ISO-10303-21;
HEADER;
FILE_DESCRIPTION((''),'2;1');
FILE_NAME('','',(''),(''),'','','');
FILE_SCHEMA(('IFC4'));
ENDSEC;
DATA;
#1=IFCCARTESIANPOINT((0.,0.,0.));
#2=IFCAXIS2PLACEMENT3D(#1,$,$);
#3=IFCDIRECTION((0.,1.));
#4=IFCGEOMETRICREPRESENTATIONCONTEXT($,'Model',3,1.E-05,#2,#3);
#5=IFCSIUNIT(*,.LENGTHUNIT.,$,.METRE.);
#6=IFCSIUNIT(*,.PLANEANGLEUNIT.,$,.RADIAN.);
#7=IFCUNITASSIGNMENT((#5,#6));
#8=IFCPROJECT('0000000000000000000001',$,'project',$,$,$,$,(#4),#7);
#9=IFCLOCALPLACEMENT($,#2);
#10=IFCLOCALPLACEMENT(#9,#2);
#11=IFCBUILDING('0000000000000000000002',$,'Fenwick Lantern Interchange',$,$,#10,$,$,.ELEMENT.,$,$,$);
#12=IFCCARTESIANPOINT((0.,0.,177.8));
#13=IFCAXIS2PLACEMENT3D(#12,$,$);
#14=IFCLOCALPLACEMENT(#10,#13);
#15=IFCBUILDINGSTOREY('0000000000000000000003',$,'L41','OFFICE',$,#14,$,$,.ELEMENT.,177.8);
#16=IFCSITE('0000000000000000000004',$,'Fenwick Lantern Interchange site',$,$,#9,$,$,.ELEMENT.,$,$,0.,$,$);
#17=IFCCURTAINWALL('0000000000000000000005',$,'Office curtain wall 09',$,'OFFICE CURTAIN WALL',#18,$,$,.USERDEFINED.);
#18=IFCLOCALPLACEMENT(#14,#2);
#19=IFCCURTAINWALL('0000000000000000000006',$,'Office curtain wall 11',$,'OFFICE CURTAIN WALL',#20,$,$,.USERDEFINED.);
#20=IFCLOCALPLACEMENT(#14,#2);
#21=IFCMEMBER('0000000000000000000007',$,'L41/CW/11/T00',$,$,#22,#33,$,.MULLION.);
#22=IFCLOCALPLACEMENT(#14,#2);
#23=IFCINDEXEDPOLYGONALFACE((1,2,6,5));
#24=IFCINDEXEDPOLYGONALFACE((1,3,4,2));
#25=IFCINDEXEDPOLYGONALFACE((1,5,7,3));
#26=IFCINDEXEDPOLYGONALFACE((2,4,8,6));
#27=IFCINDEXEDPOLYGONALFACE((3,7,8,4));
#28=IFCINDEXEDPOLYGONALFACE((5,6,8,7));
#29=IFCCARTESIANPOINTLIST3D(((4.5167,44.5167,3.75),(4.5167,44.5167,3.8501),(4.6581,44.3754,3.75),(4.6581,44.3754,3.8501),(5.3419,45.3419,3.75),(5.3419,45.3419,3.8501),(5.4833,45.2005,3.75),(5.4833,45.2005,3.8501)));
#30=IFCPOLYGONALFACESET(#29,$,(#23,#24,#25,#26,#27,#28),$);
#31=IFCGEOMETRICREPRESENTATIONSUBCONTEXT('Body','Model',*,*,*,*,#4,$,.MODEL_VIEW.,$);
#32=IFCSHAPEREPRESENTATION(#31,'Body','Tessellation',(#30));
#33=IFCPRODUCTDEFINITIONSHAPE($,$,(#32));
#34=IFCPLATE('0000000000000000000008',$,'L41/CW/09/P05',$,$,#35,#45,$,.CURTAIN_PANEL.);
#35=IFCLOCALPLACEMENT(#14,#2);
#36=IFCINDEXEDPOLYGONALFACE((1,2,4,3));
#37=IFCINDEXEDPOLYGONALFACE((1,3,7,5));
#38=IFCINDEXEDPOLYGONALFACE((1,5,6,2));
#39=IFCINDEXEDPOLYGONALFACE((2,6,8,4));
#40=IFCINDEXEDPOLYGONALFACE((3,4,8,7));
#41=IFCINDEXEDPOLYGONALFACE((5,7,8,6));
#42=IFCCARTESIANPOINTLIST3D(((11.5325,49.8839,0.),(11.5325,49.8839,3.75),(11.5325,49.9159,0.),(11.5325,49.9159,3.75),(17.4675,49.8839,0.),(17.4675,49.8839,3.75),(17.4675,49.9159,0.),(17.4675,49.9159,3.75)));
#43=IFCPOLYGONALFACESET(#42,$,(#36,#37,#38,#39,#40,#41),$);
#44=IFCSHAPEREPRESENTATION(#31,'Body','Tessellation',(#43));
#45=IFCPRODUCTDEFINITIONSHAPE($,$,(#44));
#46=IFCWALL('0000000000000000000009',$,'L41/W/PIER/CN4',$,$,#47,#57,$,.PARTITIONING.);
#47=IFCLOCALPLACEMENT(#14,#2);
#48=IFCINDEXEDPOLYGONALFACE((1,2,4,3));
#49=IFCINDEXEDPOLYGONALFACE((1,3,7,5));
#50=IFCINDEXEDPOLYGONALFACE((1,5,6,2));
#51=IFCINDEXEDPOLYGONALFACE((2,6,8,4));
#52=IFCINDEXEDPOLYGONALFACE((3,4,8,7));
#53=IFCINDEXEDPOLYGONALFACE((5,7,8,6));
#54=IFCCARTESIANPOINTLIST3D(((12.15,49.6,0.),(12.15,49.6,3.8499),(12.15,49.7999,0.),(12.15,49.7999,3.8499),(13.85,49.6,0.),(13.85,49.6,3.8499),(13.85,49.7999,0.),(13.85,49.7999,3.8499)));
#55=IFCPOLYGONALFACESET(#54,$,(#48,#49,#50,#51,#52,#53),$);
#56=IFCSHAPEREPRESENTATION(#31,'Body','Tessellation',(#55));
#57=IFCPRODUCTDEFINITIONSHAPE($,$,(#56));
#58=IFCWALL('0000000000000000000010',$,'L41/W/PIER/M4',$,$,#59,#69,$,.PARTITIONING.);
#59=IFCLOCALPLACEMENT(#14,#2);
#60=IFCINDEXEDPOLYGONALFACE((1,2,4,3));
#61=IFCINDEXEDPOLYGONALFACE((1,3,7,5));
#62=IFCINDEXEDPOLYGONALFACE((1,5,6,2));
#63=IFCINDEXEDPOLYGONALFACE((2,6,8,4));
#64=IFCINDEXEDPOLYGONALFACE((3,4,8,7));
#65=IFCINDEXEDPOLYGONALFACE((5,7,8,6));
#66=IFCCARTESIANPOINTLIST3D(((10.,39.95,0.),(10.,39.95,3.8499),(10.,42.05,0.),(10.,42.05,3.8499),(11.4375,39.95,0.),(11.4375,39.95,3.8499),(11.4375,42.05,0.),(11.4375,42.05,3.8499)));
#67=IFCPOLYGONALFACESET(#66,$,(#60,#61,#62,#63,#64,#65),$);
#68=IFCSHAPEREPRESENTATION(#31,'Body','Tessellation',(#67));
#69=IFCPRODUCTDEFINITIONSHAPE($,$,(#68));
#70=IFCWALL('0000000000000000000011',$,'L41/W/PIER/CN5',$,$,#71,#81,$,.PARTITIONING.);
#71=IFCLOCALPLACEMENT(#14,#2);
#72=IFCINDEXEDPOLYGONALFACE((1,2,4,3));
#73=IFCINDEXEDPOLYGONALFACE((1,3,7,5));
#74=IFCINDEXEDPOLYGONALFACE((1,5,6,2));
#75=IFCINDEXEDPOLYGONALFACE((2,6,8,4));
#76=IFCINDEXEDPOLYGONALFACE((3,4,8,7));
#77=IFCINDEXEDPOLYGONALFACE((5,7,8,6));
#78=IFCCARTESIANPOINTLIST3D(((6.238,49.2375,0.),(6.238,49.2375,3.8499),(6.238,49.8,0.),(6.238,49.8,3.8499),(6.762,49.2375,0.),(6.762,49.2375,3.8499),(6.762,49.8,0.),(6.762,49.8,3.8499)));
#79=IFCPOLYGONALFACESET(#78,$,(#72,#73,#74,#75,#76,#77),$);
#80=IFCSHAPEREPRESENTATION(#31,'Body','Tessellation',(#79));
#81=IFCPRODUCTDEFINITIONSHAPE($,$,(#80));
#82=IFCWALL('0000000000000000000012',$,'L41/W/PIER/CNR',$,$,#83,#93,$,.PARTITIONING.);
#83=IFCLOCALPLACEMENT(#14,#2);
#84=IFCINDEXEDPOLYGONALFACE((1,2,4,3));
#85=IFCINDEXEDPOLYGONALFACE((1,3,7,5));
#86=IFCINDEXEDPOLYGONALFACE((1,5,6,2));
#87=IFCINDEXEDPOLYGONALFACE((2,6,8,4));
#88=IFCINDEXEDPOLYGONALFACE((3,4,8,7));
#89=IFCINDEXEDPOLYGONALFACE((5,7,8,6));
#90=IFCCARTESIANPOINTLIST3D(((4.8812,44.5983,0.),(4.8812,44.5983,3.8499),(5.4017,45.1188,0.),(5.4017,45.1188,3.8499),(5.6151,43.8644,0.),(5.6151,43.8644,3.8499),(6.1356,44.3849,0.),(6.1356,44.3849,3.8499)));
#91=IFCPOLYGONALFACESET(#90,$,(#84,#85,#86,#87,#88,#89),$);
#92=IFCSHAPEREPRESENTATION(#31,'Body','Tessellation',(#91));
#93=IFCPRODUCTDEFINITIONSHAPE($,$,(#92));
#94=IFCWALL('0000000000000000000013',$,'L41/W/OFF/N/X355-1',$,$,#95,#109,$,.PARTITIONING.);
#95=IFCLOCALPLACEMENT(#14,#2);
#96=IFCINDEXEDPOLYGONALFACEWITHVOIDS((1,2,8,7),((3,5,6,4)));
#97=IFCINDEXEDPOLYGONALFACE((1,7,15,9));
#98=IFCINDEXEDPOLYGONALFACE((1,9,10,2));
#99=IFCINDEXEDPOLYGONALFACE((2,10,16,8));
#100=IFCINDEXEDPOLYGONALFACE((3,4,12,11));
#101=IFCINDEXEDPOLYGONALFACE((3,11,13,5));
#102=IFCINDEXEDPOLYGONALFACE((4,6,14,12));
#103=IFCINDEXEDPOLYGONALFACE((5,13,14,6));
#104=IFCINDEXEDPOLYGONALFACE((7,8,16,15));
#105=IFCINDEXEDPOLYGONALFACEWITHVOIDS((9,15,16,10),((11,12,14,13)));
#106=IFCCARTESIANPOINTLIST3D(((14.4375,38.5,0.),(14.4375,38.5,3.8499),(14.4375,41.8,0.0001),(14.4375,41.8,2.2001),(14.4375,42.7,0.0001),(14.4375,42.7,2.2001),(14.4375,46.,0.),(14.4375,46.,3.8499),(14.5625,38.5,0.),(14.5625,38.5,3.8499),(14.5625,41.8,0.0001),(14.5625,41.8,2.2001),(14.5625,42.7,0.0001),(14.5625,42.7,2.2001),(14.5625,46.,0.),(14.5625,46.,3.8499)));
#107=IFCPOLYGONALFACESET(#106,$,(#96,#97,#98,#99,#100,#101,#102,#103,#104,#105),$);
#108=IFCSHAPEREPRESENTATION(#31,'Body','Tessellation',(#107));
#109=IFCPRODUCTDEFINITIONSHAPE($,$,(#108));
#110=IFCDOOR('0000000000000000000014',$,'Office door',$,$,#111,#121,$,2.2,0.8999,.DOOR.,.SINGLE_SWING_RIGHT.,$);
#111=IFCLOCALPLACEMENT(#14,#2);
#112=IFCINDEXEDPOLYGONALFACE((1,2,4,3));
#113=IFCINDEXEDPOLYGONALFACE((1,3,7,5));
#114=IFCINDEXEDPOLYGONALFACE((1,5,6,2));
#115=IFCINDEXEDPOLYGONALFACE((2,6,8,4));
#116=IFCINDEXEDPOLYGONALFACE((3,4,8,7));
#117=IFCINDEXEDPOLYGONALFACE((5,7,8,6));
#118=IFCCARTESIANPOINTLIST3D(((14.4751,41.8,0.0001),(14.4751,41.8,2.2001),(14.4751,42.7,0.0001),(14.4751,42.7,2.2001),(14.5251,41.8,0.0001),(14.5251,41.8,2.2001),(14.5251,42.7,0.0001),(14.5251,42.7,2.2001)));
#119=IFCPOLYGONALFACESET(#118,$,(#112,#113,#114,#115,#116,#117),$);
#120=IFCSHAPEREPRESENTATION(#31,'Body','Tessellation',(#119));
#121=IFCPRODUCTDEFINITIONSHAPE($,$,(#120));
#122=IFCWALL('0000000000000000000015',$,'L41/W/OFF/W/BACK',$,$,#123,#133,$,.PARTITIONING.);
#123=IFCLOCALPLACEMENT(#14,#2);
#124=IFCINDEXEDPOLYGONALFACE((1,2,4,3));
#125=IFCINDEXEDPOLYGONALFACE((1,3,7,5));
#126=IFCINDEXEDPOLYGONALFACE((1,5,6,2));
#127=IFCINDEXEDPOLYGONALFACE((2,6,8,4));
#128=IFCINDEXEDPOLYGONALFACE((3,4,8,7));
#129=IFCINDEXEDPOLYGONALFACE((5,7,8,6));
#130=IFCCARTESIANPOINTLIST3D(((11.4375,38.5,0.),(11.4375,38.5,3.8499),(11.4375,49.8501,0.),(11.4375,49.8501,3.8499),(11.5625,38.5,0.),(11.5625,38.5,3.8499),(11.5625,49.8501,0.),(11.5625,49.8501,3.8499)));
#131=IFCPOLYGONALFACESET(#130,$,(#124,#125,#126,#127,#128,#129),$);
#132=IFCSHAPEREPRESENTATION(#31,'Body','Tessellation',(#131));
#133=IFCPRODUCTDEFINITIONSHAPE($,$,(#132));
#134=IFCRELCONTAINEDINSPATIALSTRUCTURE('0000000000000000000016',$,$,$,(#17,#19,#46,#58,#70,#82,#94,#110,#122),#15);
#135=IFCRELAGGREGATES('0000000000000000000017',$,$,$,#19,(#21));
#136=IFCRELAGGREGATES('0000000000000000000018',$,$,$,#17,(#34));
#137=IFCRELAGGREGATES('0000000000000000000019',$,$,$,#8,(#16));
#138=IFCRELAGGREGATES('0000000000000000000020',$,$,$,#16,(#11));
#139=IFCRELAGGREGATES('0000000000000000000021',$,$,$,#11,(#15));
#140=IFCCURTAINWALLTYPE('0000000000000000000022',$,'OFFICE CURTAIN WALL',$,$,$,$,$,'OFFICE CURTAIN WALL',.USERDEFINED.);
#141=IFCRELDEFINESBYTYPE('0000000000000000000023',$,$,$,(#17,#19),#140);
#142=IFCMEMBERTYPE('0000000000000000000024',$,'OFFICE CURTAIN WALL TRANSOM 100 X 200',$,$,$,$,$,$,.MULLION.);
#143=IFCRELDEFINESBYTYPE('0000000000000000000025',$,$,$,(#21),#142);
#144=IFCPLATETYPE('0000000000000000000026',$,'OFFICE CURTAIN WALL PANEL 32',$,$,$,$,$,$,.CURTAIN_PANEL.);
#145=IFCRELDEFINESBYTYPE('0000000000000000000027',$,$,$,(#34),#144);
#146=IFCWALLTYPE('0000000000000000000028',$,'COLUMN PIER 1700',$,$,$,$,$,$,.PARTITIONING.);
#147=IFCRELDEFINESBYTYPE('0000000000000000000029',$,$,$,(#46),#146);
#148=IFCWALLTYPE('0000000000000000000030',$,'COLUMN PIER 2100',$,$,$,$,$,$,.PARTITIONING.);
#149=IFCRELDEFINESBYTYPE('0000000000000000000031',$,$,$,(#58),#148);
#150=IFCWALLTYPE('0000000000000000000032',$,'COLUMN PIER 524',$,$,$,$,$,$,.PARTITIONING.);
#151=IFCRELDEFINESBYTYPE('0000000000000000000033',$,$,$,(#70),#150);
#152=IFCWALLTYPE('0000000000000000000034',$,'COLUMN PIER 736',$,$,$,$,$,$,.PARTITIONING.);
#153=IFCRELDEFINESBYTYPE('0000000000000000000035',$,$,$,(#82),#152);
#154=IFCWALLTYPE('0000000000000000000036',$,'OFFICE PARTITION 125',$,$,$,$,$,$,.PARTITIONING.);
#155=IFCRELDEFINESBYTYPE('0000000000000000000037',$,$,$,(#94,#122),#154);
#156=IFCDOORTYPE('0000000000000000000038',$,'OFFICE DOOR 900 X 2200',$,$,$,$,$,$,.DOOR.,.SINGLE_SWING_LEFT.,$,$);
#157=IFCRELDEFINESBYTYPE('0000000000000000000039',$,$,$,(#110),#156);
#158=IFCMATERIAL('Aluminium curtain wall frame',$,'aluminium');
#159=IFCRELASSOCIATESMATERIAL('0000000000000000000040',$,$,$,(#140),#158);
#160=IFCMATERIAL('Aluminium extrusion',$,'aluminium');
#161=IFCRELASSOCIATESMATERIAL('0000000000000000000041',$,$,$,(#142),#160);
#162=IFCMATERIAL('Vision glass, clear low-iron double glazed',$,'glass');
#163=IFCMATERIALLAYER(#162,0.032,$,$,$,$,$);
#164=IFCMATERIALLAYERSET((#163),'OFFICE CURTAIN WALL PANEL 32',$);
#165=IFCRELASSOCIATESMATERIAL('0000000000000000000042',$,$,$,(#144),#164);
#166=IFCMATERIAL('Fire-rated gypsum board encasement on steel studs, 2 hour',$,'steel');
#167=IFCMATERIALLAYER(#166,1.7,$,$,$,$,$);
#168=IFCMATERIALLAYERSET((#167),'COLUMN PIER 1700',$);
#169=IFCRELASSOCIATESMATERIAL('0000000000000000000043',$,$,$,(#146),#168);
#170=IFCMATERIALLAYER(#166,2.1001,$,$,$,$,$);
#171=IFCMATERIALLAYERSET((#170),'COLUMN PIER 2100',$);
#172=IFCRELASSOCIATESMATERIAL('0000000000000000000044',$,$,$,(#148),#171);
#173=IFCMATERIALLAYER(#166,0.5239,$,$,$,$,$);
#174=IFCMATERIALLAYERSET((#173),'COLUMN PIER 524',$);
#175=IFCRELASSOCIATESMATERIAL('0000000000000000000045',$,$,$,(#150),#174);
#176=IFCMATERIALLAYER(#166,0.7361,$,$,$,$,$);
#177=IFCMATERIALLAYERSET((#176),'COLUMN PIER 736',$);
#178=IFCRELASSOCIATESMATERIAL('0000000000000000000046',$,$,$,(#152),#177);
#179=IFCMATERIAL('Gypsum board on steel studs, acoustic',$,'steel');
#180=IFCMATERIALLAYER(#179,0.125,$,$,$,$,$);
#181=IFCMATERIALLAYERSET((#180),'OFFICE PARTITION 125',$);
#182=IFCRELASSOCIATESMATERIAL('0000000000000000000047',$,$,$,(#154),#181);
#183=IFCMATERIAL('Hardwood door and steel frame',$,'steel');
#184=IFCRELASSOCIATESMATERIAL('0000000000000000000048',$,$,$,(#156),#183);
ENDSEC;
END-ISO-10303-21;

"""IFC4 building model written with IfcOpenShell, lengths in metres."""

from ifc_helpers import new_model, si_unit, direction, frame, frame_2d, origin, origin_2d, place, context, subcontext, project, spatial, rectangle, extrude, material, layer, layer_set, material_profile, profile_set, type_object, element, fill, aggregate, save


model = new_model("IFC4")

# Units and contexts
model_context = context("Model", 3, precision=1e-05, world=origin(), true_north=direction((0.0, 1.0)))
body_context = subcontext(model_context, "Body", "Model", "MODEL_VIEW")
ifc_project = project(units=[si_unit("LENGTHUNIT", "METRE"), si_unit("PLANEANGLEUNIT", "RADIAN")], contexts=[model_context])

# Site, building, storey
site_placement = place(None, origin())
site = spatial("IfcSite", under=ifc_project, at=site_placement, Name="Fenwick Lantern Interchange site", CompositionType="ELEMENT", RefElevation=0.0)
building_placement = place(site_placement, origin())
building = spatial("IfcBuilding", under=site, at=building_placement, Name="Fenwick Lantern Interchange", CompositionType="ELEMENT")
storey_placement = place(building_placement, frame((0.0, 0.0, 177.8)))
storey = spatial("IfcBuildingStorey", under=building, at=storey_placement, Name="L41", Description="OFFICE", CompositionType="ELEMENT", Elevation=177.8)

# Curtain wall
ifc_material_1 = material(Name="Aluminium curtain wall frame", Category="aluminium")
curtain_wall_type = type_object("IfcCurtainWallType", Name="OFFICE CURTAIN WALL", ElementType="OFFICE CURTAIN WALL", PredefinedType="USERDEFINED", material=ifc_material_1)
curtain_wall_1_placement = place(storey_placement, origin())
curtain_wall_1 = element("IfcCurtainWall", 1, at=curtain_wall_1_placement, inside=storey, type_object=curtain_wall_type, Name="Office curtain wall 09", ObjectType="OFFICE CURTAIN WALL", PredefinedType="USERDEFINED")
ifc_material_2 = material(Name="Aluminium extrusion", Category="aluminium")

# Curtain wall
curtain_wall_2_placement = place(storey_placement, origin())
curtain_wall_2 = element("IfcCurtainWall", 2, at=curtain_wall_2_placement, inside=storey, type_object=curtain_wall_type, Name="Office curtain wall 11", ObjectType="OFFICE CURTAIN WALL", PredefinedType="USERDEFINED")

# Member
ifc_material_profile_1 = material_profile(ifc_material_2, rectangle(XDim=0.2, YDim=0.1001, at=origin_2d()), Name="OFFICE CURTAIN WALL TRANSOM 100 X 200")
ifc_profile_set_1 = profile_set([ifc_material_profile_1], Name="Aluminium extrusion")
member_type_1 = type_object("IfcMemberType", Name="OFFICE CURTAIN WALL TRANSOM 100 X 200", PredefinedType="MULLION", material=ifc_profile_set_1)
member_1_placement = place(storey_placement, frame((5.4126, 45.2712, 3.8), z_axis=(-0.707107, -0.707107, 0.0), x_axis=(0.707107, -0.707107, 0.0)))
member_1 = element("IfcMember", 3, at=member_1_placement, type_object=member_type_1, Name="L41/CW/11/T00", PredefinedType="MULLION", context=body_context, shape_type="SweptSolid", body=[
    extrude(rectangle(XDim=0.2, YDim=0.1001, at=origin_2d()), origin(), (0.0, 0.0, 1.0), 1.167),
])
aggregate(curtain_wall_2, [member_1])

# Plate
ifc_material_3 = material(Name="Vision glass, clear low-iron double glazed", Category="glass")
ifc_layer_1 = layer(ifc_material_3, 0.032)
ifc_layer_set_1 = layer_set([ifc_layer_1], Name="OFFICE CURTAIN WALL PANEL 32")
plate_type = type_object("IfcPlateType", Name="OFFICE CURTAIN WALL PANEL 32", PredefinedType="CURTAIN_PANEL", material=ifc_layer_set_1)
plate_1_placement = place(storey_placement, frame((14.5, 49.8999, 0.0), z_axis=(0.0, 0.0, 1.0), x_axis=(-1.0, 0.0, 0.0)))
plate_1 = element("IfcPlate", 4, at=plate_1_placement, type_object=plate_type, Name="L41/CW/09/P05", PredefinedType="CURTAIN_PANEL", context=body_context, shape_type="SweptSolid", body=[
    extrude(rectangle(XDim=5.9351, YDim=0.032, at=origin_2d()), origin(), (0.0, 0.0, 1.0), 3.75),
])
aggregate(curtain_wall_1, [plate_1])

# Walls
ifc_material_4 = material(Name="Fire-rated gypsum board encasement on steel studs, 2 hour", Category="steel")
ifc_layer_2 = layer(ifc_material_4, 1.7)
ifc_layer_set_2 = layer_set([ifc_layer_2], Name="COLUMN PIER 1700")
wall_type_1 = type_object("IfcWallType", Name="COLUMN PIER 1700", PredefinedType="PARTITIONING", material=ifc_layer_set_2)
wall_1_placement = place(storey_placement, frame((13.0, 49.8, 0.0), z_axis=(0.0, 0.0, 1.0), x_axis=(0.0, -1.0, 0.0)))
element("IfcWall", 5, at=wall_1_placement, inside=storey, type_object=wall_type_1, Name="L41/W/PIER/CN4", PredefinedType="PARTITIONING", context=body_context, shape_type="SweptSolid", body=[
    extrude(rectangle(XDim=0.2, YDim=1.7, at=frame_2d((0.1001, 0.0))), origin(), (0.0, 0.0, 1.0), 3.8499),
])
ifc_layer_3 = layer(ifc_material_4, 2.1001)
ifc_layer_set_3 = layer_set([ifc_layer_3], Name="COLUMN PIER 2100")
wall_type_2 = type_object("IfcWallType", Name="COLUMN PIER 2100", PredefinedType="PARTITIONING", material=ifc_layer_set_3)
wall_2_placement = place(storey_placement, frame((11.4375, 41.0, 0.0), z_axis=(0.0, 0.0, 1.0), x_axis=(-1.0, 0.0, 0.0)))
element("IfcWall", 6, at=wall_2_placement, inside=storey, type_object=wall_type_2, Name="L41/W/PIER/M4", PredefinedType="PARTITIONING", context=body_context, shape_type="SweptSolid", body=[
    extrude(rectangle(XDim=1.4375, YDim=2.1001, at=frame_2d((0.7188, 0.0))), origin(), (0.0, 0.0, 1.0), 3.8499),
])
ifc_layer_4 = layer(ifc_material_4, 0.5239)
ifc_layer_set_4 = layer_set([ifc_layer_4], Name="COLUMN PIER 524")
wall_type_3 = type_object("IfcWallType", Name="COLUMN PIER 524", PredefinedType="PARTITIONING", material=ifc_layer_set_4)
wall_3_placement = place(storey_placement, frame((6.5, 49.8, 0.0), z_axis=(0.0, 0.0, 1.0), x_axis=(0.0, -1.0, 0.0)))
element("IfcWall", 7, at=wall_3_placement, inside=storey, type_object=wall_type_3, Name="L41/W/PIER/CN5", PredefinedType="PARTITIONING", context=body_context, shape_type="SweptSolid", body=[
    extrude(rectangle(XDim=0.5625, YDim=0.5239, at=frame_2d((0.2812, 0.0))), origin(), (0.0, 0.0, 1.0), 3.8499),
])
ifc_layer_5 = layer(ifc_material_4, 0.7361)
ifc_layer_set_5 = layer_set([ifc_layer_5], Name="COLUMN PIER 736")
wall_type_4 = type_object("IfcWallType", Name="COLUMN PIER 736", PredefinedType="PARTITIONING", material=ifc_layer_set_5)
wall_4_placement = place(storey_placement, frame((5.1414, 44.8586, 0.0), z_axis=(0.0, 0.0, 1.0), x_axis=(0.707107, -0.707107, 0.0)))
element("IfcWall", 8, at=wall_4_placement, inside=storey, type_object=wall_type_4, Name="L41/W/PIER/CNR", PredefinedType="PARTITIONING", context=body_context, shape_type="SweptSolid", body=[
    extrude(rectangle(XDim=1.0378, YDim=0.7361, at=frame_2d((0.519, 0.0))), origin(), (0.0, 0.0, 1.0), 3.8499),
])

# Wall, opening, door
ifc_material_5 = material(Name="Gypsum board on steel studs, acoustic", Category="steel")
ifc_layer_6 = layer(ifc_material_5, 0.125)
ifc_layer_set_6 = layer_set([ifc_layer_6], Name="OFFICE PARTITION 125")
wall_type_5 = type_object("IfcWallType", Name="OFFICE PARTITION 125", PredefinedType="PARTITIONING", material=ifc_layer_set_6)
wall_5_placement = place(storey_placement, frame((14.5, 46.0, 0.0), z_axis=(0.0, 0.0, 1.0), x_axis=(0.0, -1.0, 0.0)))
wall_5 = element("IfcWall", 9, at=wall_5_placement, inside=storey, type_object=wall_type_5, Name="L41/W/OFF/N/X355-1", PredefinedType="PARTITIONING", context=body_context, shape_type="SweptSolid", body=[
    extrude(rectangle(XDim=7.5, YDim=0.125, at=frame_2d((3.75, 0.0))), origin(), (0.0, 0.0, 1.0), 3.8499),
])
opening_placement = place(wall_5_placement, frame((3.3, 0.0, 0.0)))
opening = element("IfcOpeningElement", 10, at=opening_placement, cuts=wall_5, PredefinedType="OPENING", context=body_context, shape_type="SweptSolid", body=[
    extrude(rectangle(XDim=0.8999, YDim=2.2, at=frame_2d((0.45, 1.1001))), frame((0.0, 0.0725, 0.0), z_axis=(0.0, -1.0, 0.0), x_axis=(1.0, 0.0, 0.0)), (0.0, 0.0, 1.0), 0.145),
])
ifc_material_6 = material(Name="Hardwood door and steel frame", Category="steel")
door_type = type_object("IfcDoorType", Name="OFFICE DOOR 900 X 2200", OperationType="SINGLE_SWING_LEFT", PredefinedType="DOOR", material=ifc_material_6)
door_placement = place(opening_placement, frame((0.8999, 0.0, 0.0), z_axis=(0.0, 0.0, 1.0), x_axis=(-1.0, 0.0, 0.0)))
door = element("IfcDoor", 11, at=door_placement, inside=storey, type_object=door_type, Name="Office door", OperationType="SINGLE_SWING_RIGHT", OverallHeight=2.2, OverallWidth=0.8999, PredefinedType="DOOR", context=body_context, shape_type="SweptSolid", body=[
    extrude(rectangle(XDim=0.8999, YDim=2.2, at=frame_2d((0.45, 1.1001))), frame((0.0, 0.0249, 0.0), z_axis=(0.0, -1.0, 0.0), x_axis=(1.0, 0.0, 0.0)), (0.0, 0.0, 1.0), 0.05),
])
fill(opening, door)

# Wall
wall_6_placement = place(storey_placement, frame((11.5, 49.8501, 0.0), z_axis=(0.0, 0.0, 1.0), x_axis=(0.0, -1.0, 0.0)))
element("IfcWall", 12, at=wall_6_placement, inside=storey, type_object=wall_type_5, Name="L41/W/OFF/W/BACK", PredefinedType="PARTITIONING", context=body_context, shape_type="SweptSolid", body=[
    extrude(rectangle(XDim=11.3501, YDim=0.125, at=frame_2d((5.675, 0.0))), origin(), (0.0, 0.0, 1.0), 3.8499),
])

save(model, "model.ifc")
